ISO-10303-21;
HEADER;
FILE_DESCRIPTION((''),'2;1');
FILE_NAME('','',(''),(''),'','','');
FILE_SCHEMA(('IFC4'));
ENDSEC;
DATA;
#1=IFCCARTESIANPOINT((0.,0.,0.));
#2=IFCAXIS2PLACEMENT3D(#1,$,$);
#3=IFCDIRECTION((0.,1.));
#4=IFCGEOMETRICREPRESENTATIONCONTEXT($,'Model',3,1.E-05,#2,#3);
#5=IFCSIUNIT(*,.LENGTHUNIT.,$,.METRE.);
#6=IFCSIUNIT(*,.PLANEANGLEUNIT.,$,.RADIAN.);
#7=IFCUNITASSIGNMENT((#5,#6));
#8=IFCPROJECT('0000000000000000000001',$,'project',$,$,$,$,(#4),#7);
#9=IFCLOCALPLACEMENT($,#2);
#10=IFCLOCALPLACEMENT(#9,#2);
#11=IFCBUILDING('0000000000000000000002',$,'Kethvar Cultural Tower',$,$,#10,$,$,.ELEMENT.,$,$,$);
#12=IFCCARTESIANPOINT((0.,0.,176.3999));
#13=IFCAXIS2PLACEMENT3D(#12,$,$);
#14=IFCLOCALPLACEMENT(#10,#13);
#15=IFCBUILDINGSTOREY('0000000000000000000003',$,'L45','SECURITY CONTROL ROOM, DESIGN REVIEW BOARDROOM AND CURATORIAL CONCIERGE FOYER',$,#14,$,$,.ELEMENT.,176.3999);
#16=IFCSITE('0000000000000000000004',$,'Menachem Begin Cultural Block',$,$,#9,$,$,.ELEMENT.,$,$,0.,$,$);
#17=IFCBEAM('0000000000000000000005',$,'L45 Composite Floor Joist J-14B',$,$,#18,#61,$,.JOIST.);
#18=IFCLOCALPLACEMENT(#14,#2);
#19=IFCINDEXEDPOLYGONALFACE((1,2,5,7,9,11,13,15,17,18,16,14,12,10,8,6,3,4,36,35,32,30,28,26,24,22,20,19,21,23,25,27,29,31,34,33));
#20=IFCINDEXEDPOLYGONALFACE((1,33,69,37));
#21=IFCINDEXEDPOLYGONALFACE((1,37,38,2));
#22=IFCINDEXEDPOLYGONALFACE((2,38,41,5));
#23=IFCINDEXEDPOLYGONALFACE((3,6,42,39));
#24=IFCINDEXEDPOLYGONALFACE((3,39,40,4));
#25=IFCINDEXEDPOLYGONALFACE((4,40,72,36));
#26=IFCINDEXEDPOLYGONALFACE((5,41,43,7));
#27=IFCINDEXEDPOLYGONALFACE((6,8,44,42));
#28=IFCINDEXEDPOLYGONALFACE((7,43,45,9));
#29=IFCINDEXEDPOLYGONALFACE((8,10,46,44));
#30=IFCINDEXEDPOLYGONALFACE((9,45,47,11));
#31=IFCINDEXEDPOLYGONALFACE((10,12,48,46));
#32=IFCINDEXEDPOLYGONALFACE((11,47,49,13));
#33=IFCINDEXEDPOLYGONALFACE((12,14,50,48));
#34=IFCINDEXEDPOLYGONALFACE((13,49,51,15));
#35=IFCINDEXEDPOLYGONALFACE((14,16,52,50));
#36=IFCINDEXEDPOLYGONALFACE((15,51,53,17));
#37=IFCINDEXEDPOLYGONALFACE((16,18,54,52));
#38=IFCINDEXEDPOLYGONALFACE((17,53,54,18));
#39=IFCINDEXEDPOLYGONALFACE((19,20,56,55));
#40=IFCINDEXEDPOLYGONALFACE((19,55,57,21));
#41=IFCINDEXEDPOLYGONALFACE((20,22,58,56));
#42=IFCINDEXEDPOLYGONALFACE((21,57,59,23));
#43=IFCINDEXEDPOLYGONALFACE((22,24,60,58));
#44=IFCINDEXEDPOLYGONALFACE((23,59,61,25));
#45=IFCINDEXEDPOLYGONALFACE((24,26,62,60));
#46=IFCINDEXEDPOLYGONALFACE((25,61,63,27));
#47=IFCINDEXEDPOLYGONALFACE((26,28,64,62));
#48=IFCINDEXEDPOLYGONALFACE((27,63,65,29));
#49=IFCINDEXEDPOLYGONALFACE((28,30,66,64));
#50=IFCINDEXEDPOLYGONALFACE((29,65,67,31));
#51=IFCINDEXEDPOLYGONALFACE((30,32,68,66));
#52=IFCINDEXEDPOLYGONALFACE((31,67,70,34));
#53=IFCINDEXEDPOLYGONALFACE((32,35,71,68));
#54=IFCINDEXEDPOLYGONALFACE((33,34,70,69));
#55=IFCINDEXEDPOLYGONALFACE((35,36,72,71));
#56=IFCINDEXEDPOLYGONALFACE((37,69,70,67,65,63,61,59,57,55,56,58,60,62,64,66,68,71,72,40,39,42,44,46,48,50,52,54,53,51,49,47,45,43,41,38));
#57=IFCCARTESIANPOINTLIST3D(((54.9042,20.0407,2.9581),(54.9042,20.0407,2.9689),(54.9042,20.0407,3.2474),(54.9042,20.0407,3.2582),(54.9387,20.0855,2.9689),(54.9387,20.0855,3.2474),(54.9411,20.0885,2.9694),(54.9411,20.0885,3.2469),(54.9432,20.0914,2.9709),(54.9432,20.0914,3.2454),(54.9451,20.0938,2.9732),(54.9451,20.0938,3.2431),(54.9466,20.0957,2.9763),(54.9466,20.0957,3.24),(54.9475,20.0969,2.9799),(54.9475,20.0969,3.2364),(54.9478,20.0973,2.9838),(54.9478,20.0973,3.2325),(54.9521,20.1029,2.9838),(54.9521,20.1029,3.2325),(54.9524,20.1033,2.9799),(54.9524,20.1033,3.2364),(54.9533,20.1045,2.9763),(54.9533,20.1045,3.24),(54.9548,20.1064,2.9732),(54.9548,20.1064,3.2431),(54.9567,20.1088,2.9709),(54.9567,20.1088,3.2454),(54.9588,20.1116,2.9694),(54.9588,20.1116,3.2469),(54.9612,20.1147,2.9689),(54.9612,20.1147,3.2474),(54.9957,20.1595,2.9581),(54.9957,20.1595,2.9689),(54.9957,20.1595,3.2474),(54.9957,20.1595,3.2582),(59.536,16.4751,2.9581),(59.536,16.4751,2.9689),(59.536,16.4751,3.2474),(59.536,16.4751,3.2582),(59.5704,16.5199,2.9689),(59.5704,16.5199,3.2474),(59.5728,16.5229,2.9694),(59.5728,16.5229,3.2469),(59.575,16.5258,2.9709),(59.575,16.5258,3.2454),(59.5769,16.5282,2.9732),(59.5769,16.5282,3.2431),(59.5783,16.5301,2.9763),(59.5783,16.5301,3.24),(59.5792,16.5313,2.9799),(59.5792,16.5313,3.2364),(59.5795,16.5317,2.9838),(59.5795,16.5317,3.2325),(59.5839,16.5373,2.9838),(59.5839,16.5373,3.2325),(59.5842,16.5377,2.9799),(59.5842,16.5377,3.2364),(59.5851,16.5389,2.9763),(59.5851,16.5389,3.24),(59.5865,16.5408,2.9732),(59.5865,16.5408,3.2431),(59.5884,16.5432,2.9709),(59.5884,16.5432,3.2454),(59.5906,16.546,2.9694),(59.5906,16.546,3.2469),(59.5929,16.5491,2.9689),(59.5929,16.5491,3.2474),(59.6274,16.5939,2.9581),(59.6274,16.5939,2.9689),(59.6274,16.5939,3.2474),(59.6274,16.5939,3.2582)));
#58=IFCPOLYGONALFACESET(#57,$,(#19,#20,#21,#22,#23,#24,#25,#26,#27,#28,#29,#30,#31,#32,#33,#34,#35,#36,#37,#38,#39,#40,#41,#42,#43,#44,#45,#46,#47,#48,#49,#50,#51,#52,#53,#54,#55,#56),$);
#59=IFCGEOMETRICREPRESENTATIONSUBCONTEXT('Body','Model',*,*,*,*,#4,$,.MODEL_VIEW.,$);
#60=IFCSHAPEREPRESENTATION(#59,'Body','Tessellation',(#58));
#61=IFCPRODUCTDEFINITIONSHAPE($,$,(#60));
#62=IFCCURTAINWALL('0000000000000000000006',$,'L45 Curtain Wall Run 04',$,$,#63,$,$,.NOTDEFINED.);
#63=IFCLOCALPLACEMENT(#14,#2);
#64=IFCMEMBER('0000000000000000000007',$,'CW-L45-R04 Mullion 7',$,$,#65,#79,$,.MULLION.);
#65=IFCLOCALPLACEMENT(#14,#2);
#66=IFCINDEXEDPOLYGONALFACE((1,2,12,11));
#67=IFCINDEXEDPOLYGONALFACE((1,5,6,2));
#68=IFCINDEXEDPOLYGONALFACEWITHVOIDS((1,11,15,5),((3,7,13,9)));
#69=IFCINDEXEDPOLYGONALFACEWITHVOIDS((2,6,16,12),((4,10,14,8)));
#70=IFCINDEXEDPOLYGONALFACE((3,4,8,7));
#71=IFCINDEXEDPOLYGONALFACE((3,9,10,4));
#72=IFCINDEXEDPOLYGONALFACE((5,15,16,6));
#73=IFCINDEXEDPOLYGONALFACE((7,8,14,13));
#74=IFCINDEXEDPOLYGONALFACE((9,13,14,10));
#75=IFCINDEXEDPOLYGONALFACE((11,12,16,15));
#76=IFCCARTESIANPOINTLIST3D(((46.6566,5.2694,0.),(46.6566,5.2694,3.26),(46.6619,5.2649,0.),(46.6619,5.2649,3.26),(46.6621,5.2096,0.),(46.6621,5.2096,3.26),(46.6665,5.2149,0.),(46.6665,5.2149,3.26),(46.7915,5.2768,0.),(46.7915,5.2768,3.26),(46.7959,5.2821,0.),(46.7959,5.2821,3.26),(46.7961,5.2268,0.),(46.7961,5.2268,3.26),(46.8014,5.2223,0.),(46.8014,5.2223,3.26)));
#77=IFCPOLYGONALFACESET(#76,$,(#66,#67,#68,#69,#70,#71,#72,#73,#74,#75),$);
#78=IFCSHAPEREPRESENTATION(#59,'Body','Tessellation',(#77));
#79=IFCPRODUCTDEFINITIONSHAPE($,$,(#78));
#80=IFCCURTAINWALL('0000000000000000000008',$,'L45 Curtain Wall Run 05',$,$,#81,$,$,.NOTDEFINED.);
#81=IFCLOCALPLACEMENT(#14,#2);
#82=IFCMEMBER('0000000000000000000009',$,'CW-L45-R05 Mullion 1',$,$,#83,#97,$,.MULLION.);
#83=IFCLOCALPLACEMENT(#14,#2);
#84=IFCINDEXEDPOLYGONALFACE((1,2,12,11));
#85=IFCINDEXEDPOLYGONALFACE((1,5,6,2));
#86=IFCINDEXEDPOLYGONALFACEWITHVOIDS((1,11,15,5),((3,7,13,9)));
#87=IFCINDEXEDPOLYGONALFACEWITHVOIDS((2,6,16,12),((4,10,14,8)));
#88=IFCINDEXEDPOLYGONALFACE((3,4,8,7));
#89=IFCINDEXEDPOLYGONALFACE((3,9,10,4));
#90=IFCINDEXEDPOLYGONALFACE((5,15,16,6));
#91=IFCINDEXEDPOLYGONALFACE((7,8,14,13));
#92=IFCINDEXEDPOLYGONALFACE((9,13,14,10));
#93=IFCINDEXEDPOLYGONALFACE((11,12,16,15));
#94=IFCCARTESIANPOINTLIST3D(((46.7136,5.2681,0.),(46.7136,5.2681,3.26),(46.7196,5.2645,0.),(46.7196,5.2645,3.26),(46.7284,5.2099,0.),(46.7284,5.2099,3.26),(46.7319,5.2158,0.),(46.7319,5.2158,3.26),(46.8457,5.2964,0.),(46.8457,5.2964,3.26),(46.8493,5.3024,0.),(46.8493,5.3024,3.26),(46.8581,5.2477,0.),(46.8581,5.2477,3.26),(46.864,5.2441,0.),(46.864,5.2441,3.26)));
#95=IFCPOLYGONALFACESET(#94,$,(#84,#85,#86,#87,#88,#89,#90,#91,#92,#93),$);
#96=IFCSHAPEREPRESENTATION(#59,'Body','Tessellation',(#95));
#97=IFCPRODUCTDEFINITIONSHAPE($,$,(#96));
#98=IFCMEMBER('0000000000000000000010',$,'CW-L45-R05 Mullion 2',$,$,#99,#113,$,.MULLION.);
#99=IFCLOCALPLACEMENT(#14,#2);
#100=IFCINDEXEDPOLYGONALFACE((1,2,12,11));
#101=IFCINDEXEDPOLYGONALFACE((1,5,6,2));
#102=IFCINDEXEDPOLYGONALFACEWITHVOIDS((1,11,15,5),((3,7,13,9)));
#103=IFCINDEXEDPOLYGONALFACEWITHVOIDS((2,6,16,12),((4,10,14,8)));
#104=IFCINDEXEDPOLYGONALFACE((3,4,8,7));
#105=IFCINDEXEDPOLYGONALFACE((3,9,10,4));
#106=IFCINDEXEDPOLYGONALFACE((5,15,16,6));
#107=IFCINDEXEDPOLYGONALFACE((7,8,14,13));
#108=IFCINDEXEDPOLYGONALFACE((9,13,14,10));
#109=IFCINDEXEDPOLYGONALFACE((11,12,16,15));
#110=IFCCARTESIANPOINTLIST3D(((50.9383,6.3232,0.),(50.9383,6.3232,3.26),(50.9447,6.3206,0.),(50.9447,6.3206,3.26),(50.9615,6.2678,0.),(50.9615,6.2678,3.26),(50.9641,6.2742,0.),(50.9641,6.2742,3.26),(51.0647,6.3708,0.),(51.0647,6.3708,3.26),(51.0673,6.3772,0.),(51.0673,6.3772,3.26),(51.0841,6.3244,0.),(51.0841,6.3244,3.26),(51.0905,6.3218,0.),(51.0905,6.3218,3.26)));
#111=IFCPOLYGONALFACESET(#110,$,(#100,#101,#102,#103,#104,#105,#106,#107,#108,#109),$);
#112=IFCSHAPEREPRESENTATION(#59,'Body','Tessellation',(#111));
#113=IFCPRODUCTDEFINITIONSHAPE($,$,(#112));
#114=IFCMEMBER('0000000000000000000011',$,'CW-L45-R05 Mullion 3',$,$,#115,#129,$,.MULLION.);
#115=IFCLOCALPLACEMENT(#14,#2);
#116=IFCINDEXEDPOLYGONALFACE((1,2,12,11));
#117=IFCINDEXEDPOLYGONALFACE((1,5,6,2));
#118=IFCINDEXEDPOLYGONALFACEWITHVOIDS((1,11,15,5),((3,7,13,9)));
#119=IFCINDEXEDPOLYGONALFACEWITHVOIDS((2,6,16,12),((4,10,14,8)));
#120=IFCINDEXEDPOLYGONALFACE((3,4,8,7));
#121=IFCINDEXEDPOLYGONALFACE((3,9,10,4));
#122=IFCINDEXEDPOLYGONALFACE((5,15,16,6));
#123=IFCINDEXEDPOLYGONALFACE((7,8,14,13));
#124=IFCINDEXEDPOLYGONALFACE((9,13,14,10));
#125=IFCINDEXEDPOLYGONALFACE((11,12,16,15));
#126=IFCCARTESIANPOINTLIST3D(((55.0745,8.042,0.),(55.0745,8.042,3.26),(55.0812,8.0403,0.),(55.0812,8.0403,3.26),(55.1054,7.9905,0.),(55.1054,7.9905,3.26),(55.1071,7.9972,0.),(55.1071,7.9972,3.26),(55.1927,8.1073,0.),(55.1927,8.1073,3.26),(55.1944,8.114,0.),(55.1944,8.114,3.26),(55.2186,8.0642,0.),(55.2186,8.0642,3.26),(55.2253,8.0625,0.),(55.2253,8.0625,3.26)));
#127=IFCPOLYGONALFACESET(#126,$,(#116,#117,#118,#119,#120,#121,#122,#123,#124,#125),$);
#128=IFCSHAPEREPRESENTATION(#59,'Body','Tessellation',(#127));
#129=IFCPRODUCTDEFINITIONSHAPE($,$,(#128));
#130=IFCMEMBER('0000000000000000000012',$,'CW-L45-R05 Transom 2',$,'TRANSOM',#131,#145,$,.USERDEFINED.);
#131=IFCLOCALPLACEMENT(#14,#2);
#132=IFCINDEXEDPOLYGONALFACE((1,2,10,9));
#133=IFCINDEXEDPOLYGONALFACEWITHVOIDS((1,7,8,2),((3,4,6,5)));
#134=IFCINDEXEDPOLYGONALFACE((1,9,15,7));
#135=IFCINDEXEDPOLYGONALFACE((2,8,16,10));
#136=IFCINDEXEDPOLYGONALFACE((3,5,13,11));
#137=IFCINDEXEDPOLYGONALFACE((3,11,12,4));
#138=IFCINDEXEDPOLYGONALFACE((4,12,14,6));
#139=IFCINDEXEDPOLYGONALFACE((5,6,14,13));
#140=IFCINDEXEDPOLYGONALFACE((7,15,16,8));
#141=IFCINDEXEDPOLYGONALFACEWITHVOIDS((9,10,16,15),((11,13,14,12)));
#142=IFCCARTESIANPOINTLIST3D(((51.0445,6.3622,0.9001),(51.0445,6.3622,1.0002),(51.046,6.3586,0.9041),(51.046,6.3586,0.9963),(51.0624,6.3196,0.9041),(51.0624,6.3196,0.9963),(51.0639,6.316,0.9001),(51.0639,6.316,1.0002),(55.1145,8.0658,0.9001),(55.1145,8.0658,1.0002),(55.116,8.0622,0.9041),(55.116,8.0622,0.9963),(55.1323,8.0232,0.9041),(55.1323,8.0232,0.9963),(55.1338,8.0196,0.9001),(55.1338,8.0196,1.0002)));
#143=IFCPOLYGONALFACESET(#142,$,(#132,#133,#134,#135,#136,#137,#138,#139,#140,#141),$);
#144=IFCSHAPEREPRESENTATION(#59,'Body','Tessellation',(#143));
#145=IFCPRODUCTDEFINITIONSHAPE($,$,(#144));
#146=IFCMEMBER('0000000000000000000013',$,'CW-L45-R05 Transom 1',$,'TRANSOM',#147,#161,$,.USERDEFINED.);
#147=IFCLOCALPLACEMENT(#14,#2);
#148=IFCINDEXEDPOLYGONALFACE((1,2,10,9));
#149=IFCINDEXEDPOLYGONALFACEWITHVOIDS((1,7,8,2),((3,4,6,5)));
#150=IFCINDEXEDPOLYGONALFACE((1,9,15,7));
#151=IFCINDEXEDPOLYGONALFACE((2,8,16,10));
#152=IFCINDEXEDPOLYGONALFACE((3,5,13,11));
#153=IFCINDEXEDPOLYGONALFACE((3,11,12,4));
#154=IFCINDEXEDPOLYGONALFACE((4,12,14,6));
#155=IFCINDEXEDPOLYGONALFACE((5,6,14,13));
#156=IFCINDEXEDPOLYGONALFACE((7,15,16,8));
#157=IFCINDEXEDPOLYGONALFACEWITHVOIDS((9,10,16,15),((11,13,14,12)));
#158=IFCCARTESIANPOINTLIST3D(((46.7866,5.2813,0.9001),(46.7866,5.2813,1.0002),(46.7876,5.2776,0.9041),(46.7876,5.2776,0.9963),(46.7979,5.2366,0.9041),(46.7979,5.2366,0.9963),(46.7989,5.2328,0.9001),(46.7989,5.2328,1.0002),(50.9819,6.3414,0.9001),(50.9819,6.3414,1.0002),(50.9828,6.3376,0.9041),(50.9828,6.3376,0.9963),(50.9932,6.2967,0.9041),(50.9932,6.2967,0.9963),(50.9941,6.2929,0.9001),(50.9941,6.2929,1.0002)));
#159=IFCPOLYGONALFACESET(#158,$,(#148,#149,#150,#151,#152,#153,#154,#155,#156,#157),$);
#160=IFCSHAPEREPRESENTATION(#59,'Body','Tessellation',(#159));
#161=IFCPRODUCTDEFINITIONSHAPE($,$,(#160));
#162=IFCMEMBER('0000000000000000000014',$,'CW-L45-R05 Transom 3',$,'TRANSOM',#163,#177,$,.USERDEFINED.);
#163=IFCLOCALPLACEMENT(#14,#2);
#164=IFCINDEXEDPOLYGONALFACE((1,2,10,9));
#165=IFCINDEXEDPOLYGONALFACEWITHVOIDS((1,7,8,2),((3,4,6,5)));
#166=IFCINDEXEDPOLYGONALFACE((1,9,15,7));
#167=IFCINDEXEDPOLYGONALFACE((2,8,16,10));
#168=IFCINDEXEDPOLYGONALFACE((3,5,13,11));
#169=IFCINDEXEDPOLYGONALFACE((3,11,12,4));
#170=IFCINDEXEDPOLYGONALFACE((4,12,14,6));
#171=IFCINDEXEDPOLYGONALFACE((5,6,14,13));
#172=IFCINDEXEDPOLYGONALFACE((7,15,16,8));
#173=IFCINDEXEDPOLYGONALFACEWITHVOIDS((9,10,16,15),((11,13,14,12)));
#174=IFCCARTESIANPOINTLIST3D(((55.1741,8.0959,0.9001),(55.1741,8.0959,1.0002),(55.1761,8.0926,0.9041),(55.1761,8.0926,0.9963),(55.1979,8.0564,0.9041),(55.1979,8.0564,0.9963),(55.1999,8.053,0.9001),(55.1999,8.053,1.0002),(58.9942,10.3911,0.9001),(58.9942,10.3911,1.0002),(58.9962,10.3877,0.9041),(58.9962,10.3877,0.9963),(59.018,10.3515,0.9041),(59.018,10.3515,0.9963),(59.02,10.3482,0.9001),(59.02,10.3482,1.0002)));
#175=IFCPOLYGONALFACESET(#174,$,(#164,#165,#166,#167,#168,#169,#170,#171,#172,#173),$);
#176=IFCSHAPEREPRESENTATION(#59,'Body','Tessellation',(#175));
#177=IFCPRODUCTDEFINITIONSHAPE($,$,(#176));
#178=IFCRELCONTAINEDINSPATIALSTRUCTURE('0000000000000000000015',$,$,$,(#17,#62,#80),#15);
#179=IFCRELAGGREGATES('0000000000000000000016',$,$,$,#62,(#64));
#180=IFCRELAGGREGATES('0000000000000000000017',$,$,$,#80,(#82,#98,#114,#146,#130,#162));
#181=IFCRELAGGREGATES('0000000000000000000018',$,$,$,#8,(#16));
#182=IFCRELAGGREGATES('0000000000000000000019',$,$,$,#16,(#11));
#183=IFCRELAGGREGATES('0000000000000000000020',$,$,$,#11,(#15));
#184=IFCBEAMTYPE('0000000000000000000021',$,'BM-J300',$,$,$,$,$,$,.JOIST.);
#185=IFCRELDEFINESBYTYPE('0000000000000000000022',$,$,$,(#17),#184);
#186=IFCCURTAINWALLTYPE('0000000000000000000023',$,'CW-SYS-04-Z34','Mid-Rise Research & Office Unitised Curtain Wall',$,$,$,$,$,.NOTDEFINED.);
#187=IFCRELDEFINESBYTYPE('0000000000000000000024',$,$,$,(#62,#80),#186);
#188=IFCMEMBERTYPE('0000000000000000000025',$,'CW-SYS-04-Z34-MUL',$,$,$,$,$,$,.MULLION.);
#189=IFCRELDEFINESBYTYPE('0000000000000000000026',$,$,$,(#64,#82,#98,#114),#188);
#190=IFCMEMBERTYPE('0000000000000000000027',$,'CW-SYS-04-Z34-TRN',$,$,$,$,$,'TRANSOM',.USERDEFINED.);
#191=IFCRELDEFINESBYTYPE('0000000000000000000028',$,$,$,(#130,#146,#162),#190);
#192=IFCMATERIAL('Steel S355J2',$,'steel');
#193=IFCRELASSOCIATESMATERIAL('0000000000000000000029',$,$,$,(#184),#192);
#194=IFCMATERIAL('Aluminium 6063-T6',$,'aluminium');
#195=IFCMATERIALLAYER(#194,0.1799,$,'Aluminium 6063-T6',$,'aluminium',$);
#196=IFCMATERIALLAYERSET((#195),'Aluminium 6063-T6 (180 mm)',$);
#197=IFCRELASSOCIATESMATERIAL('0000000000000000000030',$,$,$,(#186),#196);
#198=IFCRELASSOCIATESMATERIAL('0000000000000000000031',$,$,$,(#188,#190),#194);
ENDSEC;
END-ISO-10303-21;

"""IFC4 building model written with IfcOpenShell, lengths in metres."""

from ifc_helpers import new_model, si_unit, direction, frame, origin, origin_2d, place, context, subcontext, project, spatial, hollow_rectangle, i_section, extrude, source, transform, mapped, material, layer, layer_set, material_profile, profile_set, type_object, element, aggregate, save


model = new_model("IFC4")

# Units and contexts
model_context = context("Model", 3, precision=1e-05, world=origin(), true_north=direction((0.0, 1.0)))
body_context = subcontext(model_context, "Body", "Model", "MODEL_VIEW")
ifc_project = project(units=[si_unit("LENGTHUNIT", "METRE"), si_unit("PLANEANGLEUNIT", "RADIAN")], contexts=[model_context])

# Site, building, storey
site_placement = place(None, origin())
site = spatial("IfcSite", under=ifc_project, at=site_placement, Name="Menachem Begin Cultural Block", CompositionType="ELEMENT", RefElevation=0.0)
building_placement = place(site_placement, origin())
building = spatial("IfcBuilding", under=site, at=building_placement, Name="Kethvar Cultural Tower", CompositionType="ELEMENT")
storey_placement = place(building_placement, frame((0.0, 0.0, 176.3999)))
storey = spatial("IfcBuildingStorey", under=building, at=storey_placement, Name="L45", Description="SECURITY CONTROL ROOM, DESIGN REVIEW BOARDROOM AND CURATORIAL CONCIERGE FOYER", CompositionType="ELEMENT", Elevation=176.3999)

# Beam
ifc_material_1 = material(Name="Steel S355J2", Category="steel")
ifc_material_profile_1 = material_profile(ifc_material_1, i_section(OverallWidth=0.1499, OverallDepth=0.3, WebThickness=0.0071, FlangeThickness=0.0107, FilletRadius=0.0149, at=origin_2d()), Name="Steel S355J2 — IPE300")
ifc_profile_set_1 = profile_set([ifc_material_profile_1], Name="Steel S355J2 — IPE300")
beam_type_1 = type_object("IfcBeamType", Name="BM-J300", PredefinedType="JOIST", material=ifc_profile_set_1)
shared_shape_1 = source(origin(), body_context, "Body", "SweptSolid", [
    extrude(i_section(OverallWidth=0.1499, OverallDepth=0.3, WebThickness=0.0071, FlangeThickness=0.0107, FilletRadius=0.0149, at=origin_2d()), origin(), (0.0, 0.0, 1.0), 5.8452),
])
beam_1_placement = place(storey_placement, frame((54.95, 20.1001, 3.1082), z_axis=(0.792399, -0.610003, 0.0), x_axis=(0.610003, 0.792399, 0.0)))
element("IfcBeam", 1, at=beam_1_placement, inside=storey, type_object=beam_type_1, Name="L45 Composite Floor Joist J-14B", PredefinedType="JOIST", context=body_context, shape_type="MappedRepresentation", body=[
    mapped(shared_shape_1, transform((0.0, 0.0, 0.0), scale=1.0)),
])

# Curtain wall, member
ifc_material_2 = material(Name="Aluminium 6063-T6", Category="aluminium")
ifc_layer_1 = layer(ifc_material_2, 0.1799, Name="Aluminium 6063-T6", Category="aluminium")
ifc_layer_set_1 = layer_set([ifc_layer_1], Name="Aluminium 6063-T6 (180 mm)")
curtain_wall_type = type_object("IfcCurtainWallType", Name="CW-SYS-04-Z34", Description="Mid-Rise Research & Office Unitised Curtain Wall", PredefinedType="NOTDEFINED", material=ifc_layer_set_1)
curtain_wall_1_placement = place(storey_placement, origin())
curtain_wall_1 = element("IfcCurtainWall", 2, at=curtain_wall_1_placement, inside=storey, type_object=curtain_wall_type, Name="L45 Curtain Wall Run 04", PredefinedType="NOTDEFINED")
ifc_material_profile_2 = material_profile(ifc_material_2, hollow_rectangle(XDim=0.0601, YDim=0.1399, WallThickness=0.0049, at=origin_2d()), Name="Aluminium 6063-T6 — RHS140x60x5")
ifc_profile_set_2 = profile_set([ifc_material_profile_2], Name="Aluminium 6063-T6 — RHS140x60x5")
member_type_1 = type_object("IfcMemberType", Name="CW-SYS-04-Z34-MUL", PredefinedType="MULLION", material=ifc_profile_set_2)
shared_shape_2 = source(origin(), body_context, "Body", "SweptSolid", [
    extrude(hollow_rectangle(XDim=0.0601, YDim=0.1399, WallThickness=0.0049, at=origin_2d()), origin(), (0.0, 0.0, 1.0), 3.26),
])
member_1_placement = place(storey_placement, frame((46.729, 5.2458, 0.0), z_axis=(0.0, 0.0, 1.0), x_axis=(-0.091397, 0.995815, 0.0)))
member_1 = element("IfcMember", 3, at=member_1_placement, type_object=member_type_1, Name="CW-L45-R04 Mullion 7", PredefinedType="MULLION", context=body_context, shape_type="MappedRepresentation", body=[
    mapped(shared_shape_2, transform((0.0, 0.0, 0.0), scale=1.0)),
])
aggregate(curtain_wall_1, [member_1])

# Curtain wall, members
curtain_wall_2_placement = place(storey_placement, origin())
curtain_wall_2 = element("IfcCurtainWall", 4, at=curtain_wall_2_placement, inside=storey, type_object=curtain_wall_type, Name="L45 Curtain Wall Run 05", PredefinedType="NOTDEFINED")
member_2_placement = place(storey_placement, frame((46.7888, 5.2561, 0.0), z_axis=(0.0, 0.0, 1.0), x_axis=(-0.244952, 0.969535, 0.0)))
member_2 = element("IfcMember", 5, at=member_2_placement, type_object=member_type_1, Name="CW-L45-R05 Mullion 1", PredefinedType="MULLION", context=body_context, shape_type="MappedRepresentation", body=[
    mapped(shared_shape_2, transform((0.0, 0.0, 0.0), scale=1.0)),
])
member_3_placement = place(storey_placement, frame((51.0144, 6.3225, 0.0), z_axis=(0.0, 0.0, 1.0), x_axis=(-0.386099, 0.922457, 0.0)))
member_3 = element("IfcMember", 6, at=member_3_placement, type_object=member_type_1, Name="CW-L45-R05 Mullion 2", PredefinedType="MULLION", context=body_context, shape_type="MappedRepresentation", body=[
    mapped(shared_shape_2, transform((0.0, 0.0, 0.0), scale=1.0)),
])
member_4_placement = place(storey_placement, frame((55.1499, 8.0522, 0.0), z_axis=(0.0, 0.0, 1.0), x_axis=(-0.514993, 0.857194, 0.0)))
member_4 = element("IfcMember", 7, at=member_4_placement, type_object=member_type_1, Name="CW-L45-R05 Mullion 3", PredefinedType="MULLION", context=body_context, shape_type="MappedRepresentation", body=[
    mapped(shared_shape_2, transform((0.0, 0.0, 0.0), scale=1.0)),
])
ifc_material_profile_3 = material_profile(ifc_material_2, hollow_rectangle(XDim=0.05, YDim=0.1001, WallThickness=0.0039, at=origin_2d()), Name="Aluminium 6063-T6 — RHS100x50x4")
ifc_profile_set_3 = profile_set([ifc_material_profile_3], Name="Aluminium 6063-T6 — RHS100x50x4")
member_type_2 = type_object("IfcMemberType", Name="CW-SYS-04-Z34-TRN", ElementType="TRANSOM", PredefinedType="USERDEFINED", material=ifc_profile_set_3)
shared_shape_3 = source(origin(), body_context, "Body", "SweptSolid", [
    extrude(hollow_rectangle(XDim=0.05, YDim=0.1001, WallThickness=0.0039, at=origin_2d()), origin(), (0.0, 0.0, 1.0), 4.4121),
])
member_5_placement = place(storey_placement, frame((51.0542, 6.3391, 0.9502), z_axis=(0.922452, 0.386112, 0.0), x_axis=(-0.386112, 0.922452, 0.0)))
member_5 = element("IfcMember", 8, at=member_5_placement, type_object=member_type_2, Name="CW-L45-R05 Transom 2", ObjectType="TRANSOM", PredefinedType="USERDEFINED", context=body_context, shape_type="MappedRepresentation", body=[
    mapped(shared_shape_3, transform((0.0, 0.0, 0.0), scale=1.0)),
])
shared_shape_4 = source(origin(), body_context, "Body", "SweptSolid", [
    extrude(hollow_rectangle(XDim=0.05, YDim=0.1001, WallThickness=0.0039, at=origin_2d()), origin(), (0.0, 0.0, 1.0), 4.3271),
])
member_6_placement = place(storey_placement, frame((46.7927, 5.2571, 0.9502), z_axis=(0.969529, 0.244978, 0.0), x_axis=(-0.244978, 0.969529, 0.0)))
member_6 = element("IfcMember", 9, at=member_6_placement, type_object=member_type_2, Name="CW-L45-R05 Transom 1", ObjectType="TRANSOM", PredefinedType="USERDEFINED", context=body_context, shape_type="MappedRepresentation", body=[
    mapped(shared_shape_4, transform((0.0, 0.0, 0.0), scale=1.0)),
])
shared_shape_5 = source(origin(), body_context, "Body", "SweptSolid", [
    extrude(hollow_rectangle(XDim=0.05, YDim=0.1001, WallThickness=0.0039, at=origin_2d()), origin(), (0.0, 0.0, 1.0), 4.4565),
])
member_7_placement = place(storey_placement, frame((55.187, 8.0745, 0.9502), z_axis=(0.857183, 0.515011, 0.0), x_axis=(-0.515011, 0.857183, 0.0)))
member_7 = element("IfcMember", 10, at=member_7_placement, type_object=member_type_2, Name="CW-L45-R05 Transom 3", ObjectType="TRANSOM", PredefinedType="USERDEFINED", context=body_context, shape_type="MappedRepresentation", body=[
    mapped(shared_shape_5, transform((0.0, 0.0, 0.0), scale=1.0)),
])
aggregate(curtain_wall_2, [member_2, member_3, member_4, member_6, member_5, member_7])

save(model, "model.ifc")
